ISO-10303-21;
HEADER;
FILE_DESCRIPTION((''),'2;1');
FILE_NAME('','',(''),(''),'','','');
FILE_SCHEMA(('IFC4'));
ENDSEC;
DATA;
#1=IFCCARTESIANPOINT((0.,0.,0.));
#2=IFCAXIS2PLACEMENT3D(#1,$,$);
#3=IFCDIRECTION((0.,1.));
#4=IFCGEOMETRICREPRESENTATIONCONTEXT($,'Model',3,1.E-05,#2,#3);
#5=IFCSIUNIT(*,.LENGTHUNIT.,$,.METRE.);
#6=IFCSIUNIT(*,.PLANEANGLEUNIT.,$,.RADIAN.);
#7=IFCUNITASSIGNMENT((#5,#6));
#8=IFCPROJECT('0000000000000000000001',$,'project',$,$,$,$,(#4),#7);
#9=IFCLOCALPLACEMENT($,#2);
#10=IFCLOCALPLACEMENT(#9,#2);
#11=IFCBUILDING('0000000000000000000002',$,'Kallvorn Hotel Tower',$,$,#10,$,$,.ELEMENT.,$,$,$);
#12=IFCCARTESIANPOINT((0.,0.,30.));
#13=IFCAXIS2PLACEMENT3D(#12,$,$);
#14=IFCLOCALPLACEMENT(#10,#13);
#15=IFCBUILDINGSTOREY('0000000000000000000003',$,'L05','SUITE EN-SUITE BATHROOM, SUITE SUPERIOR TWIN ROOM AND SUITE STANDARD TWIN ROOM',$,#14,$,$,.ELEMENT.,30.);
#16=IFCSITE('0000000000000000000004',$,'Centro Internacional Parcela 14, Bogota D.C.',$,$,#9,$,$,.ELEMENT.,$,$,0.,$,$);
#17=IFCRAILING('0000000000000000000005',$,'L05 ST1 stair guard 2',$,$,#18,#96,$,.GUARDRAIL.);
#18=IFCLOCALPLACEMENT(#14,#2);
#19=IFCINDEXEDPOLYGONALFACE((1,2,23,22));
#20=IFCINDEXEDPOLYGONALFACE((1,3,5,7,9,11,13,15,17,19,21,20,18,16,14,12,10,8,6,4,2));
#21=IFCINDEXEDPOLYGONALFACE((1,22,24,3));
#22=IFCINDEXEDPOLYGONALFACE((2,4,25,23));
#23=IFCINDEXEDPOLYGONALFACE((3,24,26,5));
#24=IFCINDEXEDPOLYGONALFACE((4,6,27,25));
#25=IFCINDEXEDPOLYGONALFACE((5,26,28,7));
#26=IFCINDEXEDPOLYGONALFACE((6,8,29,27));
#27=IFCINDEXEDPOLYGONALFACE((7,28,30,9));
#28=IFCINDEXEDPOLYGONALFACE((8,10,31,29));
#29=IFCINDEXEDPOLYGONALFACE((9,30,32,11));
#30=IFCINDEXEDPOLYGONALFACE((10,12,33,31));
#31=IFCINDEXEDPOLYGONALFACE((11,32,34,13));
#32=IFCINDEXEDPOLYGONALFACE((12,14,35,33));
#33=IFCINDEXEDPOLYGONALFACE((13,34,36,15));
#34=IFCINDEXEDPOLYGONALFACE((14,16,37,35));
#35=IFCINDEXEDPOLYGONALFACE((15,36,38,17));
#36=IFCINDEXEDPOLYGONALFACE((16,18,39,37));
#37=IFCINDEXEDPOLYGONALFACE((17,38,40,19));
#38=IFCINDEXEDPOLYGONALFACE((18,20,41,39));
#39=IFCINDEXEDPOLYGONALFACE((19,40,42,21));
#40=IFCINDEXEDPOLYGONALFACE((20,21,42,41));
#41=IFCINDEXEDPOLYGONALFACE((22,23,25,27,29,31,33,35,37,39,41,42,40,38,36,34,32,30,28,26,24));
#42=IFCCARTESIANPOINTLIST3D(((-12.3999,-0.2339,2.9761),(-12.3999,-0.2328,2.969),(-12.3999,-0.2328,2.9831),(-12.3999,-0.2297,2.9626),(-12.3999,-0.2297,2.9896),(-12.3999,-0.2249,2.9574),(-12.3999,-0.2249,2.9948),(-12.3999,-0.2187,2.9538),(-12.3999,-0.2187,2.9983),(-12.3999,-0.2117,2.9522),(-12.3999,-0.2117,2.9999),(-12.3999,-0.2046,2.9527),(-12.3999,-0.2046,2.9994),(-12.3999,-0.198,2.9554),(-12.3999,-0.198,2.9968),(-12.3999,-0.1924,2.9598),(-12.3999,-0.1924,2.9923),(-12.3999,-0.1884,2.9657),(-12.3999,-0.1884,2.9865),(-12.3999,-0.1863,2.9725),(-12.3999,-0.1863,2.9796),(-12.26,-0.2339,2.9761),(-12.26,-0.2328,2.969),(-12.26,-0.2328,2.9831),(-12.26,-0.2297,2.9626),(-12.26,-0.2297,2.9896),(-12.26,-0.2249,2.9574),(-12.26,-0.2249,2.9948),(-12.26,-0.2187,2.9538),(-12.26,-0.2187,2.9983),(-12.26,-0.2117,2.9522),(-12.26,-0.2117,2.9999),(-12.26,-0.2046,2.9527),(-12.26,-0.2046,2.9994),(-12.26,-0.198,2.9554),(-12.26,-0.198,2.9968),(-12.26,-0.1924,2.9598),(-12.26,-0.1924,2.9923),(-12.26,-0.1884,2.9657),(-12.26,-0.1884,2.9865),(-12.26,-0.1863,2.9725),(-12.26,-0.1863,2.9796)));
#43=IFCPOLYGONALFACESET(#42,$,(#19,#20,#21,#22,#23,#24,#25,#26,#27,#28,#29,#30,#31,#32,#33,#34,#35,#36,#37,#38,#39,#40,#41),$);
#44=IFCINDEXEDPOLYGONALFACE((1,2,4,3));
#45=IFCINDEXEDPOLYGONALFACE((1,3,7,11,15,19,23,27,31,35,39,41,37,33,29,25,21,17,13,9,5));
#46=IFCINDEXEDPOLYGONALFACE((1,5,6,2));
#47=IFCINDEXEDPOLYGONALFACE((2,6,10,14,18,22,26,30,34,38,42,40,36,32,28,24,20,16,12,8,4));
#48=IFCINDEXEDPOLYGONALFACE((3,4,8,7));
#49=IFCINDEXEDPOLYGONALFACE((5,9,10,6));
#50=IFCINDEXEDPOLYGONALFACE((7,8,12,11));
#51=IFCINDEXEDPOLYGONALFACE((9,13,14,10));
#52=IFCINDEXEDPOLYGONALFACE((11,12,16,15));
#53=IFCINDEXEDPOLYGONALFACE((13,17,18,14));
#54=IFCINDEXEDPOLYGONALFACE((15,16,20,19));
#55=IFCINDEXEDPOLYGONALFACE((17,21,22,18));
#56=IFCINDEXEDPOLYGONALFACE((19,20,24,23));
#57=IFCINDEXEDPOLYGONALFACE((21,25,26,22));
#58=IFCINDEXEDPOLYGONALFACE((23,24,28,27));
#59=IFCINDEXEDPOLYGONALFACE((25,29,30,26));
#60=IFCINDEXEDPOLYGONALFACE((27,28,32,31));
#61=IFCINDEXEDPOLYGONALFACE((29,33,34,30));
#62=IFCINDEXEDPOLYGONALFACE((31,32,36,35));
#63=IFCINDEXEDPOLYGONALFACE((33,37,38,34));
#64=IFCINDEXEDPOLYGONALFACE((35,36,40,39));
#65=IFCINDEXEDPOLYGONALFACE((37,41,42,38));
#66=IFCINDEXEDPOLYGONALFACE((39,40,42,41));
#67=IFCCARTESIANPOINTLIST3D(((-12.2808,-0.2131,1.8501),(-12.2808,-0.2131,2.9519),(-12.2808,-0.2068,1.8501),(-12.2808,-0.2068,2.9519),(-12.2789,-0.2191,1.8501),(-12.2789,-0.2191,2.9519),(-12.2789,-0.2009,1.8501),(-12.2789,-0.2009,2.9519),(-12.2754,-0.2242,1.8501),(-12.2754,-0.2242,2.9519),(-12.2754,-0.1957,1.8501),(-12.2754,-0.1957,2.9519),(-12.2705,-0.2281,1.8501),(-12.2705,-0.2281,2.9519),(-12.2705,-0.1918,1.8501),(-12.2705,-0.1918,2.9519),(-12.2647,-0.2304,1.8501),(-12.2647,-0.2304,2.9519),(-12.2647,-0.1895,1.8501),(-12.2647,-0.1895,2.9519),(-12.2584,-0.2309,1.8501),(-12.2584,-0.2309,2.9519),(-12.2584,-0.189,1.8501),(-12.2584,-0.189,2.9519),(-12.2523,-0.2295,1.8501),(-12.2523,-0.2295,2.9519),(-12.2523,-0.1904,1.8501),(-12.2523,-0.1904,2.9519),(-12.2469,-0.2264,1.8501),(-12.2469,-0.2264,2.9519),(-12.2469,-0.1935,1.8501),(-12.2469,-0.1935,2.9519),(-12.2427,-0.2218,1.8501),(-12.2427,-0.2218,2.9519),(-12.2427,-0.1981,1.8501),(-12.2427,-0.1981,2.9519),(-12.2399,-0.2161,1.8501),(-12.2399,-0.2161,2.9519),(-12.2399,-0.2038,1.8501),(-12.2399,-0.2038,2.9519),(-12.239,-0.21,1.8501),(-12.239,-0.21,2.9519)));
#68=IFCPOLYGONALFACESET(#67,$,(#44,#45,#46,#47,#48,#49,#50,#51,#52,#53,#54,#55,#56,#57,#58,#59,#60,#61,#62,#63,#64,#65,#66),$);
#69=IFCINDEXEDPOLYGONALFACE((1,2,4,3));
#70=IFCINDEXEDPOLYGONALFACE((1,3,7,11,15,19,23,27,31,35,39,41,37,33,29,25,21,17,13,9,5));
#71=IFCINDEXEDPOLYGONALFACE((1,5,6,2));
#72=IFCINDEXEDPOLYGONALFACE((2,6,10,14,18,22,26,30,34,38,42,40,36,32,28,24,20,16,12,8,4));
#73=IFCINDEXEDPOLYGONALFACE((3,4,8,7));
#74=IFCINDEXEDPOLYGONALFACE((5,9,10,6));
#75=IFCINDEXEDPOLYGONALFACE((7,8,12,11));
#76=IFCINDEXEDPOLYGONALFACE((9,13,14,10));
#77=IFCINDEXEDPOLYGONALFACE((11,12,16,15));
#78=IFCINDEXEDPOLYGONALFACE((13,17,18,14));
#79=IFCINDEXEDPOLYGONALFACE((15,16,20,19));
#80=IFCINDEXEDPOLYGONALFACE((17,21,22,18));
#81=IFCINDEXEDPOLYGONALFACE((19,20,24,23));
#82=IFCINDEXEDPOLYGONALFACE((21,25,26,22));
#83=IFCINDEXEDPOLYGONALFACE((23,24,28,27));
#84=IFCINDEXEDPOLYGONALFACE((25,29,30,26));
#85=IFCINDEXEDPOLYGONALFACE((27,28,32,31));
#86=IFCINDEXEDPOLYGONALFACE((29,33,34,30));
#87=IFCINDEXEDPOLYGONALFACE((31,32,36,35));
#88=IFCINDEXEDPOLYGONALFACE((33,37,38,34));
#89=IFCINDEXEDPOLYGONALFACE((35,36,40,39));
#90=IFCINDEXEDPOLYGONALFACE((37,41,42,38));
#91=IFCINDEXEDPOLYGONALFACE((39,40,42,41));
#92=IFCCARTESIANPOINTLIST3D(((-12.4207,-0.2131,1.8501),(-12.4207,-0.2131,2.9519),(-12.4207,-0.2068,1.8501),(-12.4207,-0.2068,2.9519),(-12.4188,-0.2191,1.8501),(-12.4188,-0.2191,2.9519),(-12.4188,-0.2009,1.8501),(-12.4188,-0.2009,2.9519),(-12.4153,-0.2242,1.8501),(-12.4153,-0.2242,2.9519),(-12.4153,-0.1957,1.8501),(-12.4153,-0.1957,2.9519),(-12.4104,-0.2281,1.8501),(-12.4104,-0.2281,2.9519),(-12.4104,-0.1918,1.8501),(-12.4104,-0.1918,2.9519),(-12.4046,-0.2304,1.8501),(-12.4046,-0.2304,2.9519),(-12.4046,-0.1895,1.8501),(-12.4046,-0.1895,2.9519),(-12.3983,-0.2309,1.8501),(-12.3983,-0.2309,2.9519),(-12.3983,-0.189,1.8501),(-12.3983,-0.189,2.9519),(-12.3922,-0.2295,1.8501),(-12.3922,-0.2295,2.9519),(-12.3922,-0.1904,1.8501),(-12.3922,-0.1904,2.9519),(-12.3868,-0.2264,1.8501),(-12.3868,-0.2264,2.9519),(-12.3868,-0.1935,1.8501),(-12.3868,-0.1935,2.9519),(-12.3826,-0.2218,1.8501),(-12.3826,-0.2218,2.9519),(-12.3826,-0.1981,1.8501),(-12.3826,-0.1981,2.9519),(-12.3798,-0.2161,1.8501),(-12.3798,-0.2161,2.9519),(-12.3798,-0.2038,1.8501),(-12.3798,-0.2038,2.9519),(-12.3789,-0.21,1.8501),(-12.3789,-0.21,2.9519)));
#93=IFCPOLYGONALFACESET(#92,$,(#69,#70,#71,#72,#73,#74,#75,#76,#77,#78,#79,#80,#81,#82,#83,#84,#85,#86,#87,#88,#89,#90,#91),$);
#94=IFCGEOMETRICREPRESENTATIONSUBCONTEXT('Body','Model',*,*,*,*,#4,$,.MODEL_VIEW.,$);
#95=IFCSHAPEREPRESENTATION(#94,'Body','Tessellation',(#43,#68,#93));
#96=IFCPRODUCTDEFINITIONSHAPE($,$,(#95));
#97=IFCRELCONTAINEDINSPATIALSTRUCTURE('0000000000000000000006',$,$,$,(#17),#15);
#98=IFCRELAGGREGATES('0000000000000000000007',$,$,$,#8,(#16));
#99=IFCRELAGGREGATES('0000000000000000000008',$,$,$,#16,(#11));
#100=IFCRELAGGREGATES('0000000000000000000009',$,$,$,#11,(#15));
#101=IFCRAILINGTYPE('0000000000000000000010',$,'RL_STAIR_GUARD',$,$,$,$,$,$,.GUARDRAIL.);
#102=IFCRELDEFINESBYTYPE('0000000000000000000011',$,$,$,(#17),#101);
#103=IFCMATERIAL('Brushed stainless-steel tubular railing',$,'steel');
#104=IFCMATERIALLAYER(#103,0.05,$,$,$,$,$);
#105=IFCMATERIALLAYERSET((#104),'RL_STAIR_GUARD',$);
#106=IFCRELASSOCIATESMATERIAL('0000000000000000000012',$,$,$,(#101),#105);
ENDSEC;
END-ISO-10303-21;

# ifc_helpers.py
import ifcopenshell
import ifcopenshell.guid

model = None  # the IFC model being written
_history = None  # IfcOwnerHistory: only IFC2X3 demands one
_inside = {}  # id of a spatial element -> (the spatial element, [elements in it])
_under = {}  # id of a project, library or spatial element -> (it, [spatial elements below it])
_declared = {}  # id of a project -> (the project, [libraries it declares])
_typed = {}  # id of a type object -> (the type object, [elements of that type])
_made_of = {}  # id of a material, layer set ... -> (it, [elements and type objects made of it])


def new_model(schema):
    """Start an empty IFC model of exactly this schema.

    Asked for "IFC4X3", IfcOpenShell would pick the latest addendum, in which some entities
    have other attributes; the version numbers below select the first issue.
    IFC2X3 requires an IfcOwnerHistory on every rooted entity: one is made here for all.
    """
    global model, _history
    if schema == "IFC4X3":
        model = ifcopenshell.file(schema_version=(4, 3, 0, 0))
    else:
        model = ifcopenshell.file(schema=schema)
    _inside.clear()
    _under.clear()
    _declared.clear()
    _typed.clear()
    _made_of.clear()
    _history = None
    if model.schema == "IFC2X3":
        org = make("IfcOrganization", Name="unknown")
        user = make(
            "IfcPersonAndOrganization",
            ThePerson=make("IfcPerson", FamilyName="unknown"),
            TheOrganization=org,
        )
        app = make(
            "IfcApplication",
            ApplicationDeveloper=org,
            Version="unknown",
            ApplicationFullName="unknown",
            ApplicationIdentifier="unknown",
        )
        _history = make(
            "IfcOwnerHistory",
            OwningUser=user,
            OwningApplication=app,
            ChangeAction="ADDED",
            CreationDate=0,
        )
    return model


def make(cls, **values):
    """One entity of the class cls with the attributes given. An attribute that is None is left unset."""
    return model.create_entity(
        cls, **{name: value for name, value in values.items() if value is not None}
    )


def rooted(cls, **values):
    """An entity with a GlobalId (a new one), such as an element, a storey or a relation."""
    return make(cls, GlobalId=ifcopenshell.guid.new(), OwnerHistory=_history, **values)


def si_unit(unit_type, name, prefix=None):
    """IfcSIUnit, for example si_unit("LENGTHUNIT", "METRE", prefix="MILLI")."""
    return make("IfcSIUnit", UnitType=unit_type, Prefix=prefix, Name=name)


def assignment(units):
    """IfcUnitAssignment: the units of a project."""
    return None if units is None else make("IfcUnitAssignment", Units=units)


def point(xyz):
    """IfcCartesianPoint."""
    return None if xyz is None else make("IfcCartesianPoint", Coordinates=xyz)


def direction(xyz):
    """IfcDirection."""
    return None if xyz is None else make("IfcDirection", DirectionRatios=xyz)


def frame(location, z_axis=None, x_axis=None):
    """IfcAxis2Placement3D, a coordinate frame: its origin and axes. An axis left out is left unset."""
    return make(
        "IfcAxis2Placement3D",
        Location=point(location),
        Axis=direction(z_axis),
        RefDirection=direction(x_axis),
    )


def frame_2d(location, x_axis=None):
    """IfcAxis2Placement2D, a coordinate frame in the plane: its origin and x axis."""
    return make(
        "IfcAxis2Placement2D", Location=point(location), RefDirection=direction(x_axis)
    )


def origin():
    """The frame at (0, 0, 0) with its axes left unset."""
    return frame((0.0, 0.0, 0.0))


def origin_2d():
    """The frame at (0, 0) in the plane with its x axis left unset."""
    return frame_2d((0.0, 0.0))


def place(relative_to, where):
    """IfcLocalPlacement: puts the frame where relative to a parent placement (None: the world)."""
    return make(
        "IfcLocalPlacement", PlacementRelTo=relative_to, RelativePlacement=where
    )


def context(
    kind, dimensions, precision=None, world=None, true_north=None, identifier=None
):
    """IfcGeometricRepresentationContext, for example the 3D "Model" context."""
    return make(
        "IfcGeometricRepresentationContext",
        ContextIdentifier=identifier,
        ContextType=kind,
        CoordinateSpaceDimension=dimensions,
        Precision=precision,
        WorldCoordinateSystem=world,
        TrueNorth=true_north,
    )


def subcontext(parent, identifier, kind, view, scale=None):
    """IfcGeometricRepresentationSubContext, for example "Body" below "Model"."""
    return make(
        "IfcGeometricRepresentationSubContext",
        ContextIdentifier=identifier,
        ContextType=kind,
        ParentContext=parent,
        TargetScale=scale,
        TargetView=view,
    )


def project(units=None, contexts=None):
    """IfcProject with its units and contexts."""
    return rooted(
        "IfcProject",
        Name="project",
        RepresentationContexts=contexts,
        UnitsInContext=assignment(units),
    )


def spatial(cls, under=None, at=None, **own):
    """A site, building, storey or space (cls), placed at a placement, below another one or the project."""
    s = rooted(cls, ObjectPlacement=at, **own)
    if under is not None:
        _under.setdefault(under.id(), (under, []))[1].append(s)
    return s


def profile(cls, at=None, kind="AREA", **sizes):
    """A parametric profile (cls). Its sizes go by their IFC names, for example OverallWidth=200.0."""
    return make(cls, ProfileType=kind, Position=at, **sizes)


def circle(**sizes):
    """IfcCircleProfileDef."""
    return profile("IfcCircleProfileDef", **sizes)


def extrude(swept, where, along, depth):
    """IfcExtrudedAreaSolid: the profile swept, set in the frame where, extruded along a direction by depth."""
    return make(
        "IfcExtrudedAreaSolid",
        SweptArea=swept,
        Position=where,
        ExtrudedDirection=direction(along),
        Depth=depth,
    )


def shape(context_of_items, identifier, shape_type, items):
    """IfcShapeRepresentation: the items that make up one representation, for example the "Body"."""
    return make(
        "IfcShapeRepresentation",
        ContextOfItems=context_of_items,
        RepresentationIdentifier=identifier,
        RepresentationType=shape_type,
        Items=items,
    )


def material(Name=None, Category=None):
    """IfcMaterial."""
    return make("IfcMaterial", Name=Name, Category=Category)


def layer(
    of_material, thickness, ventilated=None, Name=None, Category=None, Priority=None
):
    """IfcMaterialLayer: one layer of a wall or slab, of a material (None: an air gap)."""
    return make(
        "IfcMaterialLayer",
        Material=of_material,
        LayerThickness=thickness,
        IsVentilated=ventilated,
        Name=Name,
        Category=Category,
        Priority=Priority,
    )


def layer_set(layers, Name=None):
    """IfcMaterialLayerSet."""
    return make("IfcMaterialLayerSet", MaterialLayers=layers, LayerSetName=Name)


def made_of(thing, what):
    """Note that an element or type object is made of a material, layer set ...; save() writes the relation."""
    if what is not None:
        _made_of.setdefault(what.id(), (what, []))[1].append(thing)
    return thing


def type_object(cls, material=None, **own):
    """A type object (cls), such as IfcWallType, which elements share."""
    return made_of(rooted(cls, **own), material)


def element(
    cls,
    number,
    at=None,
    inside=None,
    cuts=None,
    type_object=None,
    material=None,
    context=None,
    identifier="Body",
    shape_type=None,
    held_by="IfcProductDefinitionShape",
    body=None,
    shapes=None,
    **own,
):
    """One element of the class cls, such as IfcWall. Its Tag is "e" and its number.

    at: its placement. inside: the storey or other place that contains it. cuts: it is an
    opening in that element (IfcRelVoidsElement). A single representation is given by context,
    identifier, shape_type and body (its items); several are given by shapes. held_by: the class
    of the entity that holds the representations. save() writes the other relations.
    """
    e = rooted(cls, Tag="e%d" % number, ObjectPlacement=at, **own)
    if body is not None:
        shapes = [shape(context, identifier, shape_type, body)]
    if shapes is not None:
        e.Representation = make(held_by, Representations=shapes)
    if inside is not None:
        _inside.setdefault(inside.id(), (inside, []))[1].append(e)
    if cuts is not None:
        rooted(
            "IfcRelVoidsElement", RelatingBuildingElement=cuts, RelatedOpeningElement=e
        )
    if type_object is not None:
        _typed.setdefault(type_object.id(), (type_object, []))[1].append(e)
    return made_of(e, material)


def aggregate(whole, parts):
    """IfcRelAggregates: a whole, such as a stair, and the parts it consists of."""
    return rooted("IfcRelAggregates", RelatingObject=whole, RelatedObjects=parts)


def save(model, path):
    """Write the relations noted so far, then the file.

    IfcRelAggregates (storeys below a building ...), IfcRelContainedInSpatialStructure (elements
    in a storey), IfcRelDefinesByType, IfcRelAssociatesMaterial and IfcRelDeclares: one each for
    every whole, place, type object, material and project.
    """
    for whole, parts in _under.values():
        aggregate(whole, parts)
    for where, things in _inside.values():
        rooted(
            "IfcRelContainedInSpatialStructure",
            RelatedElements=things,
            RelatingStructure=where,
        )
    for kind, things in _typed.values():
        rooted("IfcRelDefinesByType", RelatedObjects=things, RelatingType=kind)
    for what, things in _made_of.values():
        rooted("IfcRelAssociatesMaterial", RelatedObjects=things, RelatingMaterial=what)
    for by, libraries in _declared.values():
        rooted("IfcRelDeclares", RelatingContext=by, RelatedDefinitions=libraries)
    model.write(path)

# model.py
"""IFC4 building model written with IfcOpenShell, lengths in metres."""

from ifc_helpers import new_model, si_unit, direction, frame, origin, origin_2d, place, context, subcontext, project, spatial, circle, extrude, material, layer, layer_set, type_object, element, save


model = new_model("IFC4")

# Units and contexts
model_context = context("Model", 3, precision=1e-05, world=origin(), true_north=direction((0.0, 1.0)))
body_context = subcontext(model_context, "Body", "Model", "MODEL_VIEW")
ifc_project = project(units=[si_unit("LENGTHUNIT", "METRE"), si_unit("PLANEANGLEUNIT", "RADIAN")], contexts=[model_context])

# Site, building, storey
site_placement = place(None, origin())
site = spatial("IfcSite", under=ifc_project, at=site_placement, Name="Centro Internacional Parcela 14, Bogota D.C.", CompositionType="ELEMENT", RefElevation=0.0)
building_placement = place(site_placement, origin())
building = spatial("IfcBuilding", under=site, at=building_placement, Name="Kallvorn Hotel Tower", CompositionType="ELEMENT")
storey_placement = place(building_placement, frame((0.0, 0.0, 30.0)))
storey = spatial("IfcBuildingStorey", under=building, at=storey_placement, Name="L05", Description="SUITE EN-SUITE BATHROOM, SUITE SUPERIOR TWIN ROOM AND SUITE STANDARD TWIN ROOM", CompositionType="ELEMENT", Elevation=30.0)

# Railing
ifc_material_1 = material(Name="Brushed stainless-steel tubular railing", Category="steel")
ifc_layer_1 = layer(ifc_material_1, 0.05)
ifc_layer_set_1 = layer_set([ifc_layer_1], Name="RL_STAIR_GUARD")
railing_type_1 = type_object("IfcRailingType", Name="RL_STAIR_GUARD", PredefinedType="GUARDRAIL", material=ifc_layer_set_1)
railing_1_placement = place(storey_placement, frame((-12.26, -0.21, 1.8501)))
element("IfcRailing", 1, at=railing_1_placement, inside=storey, type_object=railing_type_1, Name="L05 ST1 stair guard 2", PredefinedType="GUARDRAIL", context=body_context, shape_type="SweptSolid", body=[
    extrude(circle(Radius=0.0239, at=origin_2d()), frame((0.0, 0.0, 1.126), z_axis=(-1.0, 0.0, 0.0), x_axis=(0.0, -1.0, 0.0)), (0.0, 0.0, 1.0), 0.1399),
    extrude(circle(Radius=0.021, at=origin_2d()), origin(), (0.0, 0.0, 1.0), 1.1018),
    extrude(circle(Radius=0.021, at=origin_2d()), frame((-0.1399, 0.0, 0.0)), (0.0, 0.0, 1.0), 1.1018),
])

save(model, "model.ifc")
